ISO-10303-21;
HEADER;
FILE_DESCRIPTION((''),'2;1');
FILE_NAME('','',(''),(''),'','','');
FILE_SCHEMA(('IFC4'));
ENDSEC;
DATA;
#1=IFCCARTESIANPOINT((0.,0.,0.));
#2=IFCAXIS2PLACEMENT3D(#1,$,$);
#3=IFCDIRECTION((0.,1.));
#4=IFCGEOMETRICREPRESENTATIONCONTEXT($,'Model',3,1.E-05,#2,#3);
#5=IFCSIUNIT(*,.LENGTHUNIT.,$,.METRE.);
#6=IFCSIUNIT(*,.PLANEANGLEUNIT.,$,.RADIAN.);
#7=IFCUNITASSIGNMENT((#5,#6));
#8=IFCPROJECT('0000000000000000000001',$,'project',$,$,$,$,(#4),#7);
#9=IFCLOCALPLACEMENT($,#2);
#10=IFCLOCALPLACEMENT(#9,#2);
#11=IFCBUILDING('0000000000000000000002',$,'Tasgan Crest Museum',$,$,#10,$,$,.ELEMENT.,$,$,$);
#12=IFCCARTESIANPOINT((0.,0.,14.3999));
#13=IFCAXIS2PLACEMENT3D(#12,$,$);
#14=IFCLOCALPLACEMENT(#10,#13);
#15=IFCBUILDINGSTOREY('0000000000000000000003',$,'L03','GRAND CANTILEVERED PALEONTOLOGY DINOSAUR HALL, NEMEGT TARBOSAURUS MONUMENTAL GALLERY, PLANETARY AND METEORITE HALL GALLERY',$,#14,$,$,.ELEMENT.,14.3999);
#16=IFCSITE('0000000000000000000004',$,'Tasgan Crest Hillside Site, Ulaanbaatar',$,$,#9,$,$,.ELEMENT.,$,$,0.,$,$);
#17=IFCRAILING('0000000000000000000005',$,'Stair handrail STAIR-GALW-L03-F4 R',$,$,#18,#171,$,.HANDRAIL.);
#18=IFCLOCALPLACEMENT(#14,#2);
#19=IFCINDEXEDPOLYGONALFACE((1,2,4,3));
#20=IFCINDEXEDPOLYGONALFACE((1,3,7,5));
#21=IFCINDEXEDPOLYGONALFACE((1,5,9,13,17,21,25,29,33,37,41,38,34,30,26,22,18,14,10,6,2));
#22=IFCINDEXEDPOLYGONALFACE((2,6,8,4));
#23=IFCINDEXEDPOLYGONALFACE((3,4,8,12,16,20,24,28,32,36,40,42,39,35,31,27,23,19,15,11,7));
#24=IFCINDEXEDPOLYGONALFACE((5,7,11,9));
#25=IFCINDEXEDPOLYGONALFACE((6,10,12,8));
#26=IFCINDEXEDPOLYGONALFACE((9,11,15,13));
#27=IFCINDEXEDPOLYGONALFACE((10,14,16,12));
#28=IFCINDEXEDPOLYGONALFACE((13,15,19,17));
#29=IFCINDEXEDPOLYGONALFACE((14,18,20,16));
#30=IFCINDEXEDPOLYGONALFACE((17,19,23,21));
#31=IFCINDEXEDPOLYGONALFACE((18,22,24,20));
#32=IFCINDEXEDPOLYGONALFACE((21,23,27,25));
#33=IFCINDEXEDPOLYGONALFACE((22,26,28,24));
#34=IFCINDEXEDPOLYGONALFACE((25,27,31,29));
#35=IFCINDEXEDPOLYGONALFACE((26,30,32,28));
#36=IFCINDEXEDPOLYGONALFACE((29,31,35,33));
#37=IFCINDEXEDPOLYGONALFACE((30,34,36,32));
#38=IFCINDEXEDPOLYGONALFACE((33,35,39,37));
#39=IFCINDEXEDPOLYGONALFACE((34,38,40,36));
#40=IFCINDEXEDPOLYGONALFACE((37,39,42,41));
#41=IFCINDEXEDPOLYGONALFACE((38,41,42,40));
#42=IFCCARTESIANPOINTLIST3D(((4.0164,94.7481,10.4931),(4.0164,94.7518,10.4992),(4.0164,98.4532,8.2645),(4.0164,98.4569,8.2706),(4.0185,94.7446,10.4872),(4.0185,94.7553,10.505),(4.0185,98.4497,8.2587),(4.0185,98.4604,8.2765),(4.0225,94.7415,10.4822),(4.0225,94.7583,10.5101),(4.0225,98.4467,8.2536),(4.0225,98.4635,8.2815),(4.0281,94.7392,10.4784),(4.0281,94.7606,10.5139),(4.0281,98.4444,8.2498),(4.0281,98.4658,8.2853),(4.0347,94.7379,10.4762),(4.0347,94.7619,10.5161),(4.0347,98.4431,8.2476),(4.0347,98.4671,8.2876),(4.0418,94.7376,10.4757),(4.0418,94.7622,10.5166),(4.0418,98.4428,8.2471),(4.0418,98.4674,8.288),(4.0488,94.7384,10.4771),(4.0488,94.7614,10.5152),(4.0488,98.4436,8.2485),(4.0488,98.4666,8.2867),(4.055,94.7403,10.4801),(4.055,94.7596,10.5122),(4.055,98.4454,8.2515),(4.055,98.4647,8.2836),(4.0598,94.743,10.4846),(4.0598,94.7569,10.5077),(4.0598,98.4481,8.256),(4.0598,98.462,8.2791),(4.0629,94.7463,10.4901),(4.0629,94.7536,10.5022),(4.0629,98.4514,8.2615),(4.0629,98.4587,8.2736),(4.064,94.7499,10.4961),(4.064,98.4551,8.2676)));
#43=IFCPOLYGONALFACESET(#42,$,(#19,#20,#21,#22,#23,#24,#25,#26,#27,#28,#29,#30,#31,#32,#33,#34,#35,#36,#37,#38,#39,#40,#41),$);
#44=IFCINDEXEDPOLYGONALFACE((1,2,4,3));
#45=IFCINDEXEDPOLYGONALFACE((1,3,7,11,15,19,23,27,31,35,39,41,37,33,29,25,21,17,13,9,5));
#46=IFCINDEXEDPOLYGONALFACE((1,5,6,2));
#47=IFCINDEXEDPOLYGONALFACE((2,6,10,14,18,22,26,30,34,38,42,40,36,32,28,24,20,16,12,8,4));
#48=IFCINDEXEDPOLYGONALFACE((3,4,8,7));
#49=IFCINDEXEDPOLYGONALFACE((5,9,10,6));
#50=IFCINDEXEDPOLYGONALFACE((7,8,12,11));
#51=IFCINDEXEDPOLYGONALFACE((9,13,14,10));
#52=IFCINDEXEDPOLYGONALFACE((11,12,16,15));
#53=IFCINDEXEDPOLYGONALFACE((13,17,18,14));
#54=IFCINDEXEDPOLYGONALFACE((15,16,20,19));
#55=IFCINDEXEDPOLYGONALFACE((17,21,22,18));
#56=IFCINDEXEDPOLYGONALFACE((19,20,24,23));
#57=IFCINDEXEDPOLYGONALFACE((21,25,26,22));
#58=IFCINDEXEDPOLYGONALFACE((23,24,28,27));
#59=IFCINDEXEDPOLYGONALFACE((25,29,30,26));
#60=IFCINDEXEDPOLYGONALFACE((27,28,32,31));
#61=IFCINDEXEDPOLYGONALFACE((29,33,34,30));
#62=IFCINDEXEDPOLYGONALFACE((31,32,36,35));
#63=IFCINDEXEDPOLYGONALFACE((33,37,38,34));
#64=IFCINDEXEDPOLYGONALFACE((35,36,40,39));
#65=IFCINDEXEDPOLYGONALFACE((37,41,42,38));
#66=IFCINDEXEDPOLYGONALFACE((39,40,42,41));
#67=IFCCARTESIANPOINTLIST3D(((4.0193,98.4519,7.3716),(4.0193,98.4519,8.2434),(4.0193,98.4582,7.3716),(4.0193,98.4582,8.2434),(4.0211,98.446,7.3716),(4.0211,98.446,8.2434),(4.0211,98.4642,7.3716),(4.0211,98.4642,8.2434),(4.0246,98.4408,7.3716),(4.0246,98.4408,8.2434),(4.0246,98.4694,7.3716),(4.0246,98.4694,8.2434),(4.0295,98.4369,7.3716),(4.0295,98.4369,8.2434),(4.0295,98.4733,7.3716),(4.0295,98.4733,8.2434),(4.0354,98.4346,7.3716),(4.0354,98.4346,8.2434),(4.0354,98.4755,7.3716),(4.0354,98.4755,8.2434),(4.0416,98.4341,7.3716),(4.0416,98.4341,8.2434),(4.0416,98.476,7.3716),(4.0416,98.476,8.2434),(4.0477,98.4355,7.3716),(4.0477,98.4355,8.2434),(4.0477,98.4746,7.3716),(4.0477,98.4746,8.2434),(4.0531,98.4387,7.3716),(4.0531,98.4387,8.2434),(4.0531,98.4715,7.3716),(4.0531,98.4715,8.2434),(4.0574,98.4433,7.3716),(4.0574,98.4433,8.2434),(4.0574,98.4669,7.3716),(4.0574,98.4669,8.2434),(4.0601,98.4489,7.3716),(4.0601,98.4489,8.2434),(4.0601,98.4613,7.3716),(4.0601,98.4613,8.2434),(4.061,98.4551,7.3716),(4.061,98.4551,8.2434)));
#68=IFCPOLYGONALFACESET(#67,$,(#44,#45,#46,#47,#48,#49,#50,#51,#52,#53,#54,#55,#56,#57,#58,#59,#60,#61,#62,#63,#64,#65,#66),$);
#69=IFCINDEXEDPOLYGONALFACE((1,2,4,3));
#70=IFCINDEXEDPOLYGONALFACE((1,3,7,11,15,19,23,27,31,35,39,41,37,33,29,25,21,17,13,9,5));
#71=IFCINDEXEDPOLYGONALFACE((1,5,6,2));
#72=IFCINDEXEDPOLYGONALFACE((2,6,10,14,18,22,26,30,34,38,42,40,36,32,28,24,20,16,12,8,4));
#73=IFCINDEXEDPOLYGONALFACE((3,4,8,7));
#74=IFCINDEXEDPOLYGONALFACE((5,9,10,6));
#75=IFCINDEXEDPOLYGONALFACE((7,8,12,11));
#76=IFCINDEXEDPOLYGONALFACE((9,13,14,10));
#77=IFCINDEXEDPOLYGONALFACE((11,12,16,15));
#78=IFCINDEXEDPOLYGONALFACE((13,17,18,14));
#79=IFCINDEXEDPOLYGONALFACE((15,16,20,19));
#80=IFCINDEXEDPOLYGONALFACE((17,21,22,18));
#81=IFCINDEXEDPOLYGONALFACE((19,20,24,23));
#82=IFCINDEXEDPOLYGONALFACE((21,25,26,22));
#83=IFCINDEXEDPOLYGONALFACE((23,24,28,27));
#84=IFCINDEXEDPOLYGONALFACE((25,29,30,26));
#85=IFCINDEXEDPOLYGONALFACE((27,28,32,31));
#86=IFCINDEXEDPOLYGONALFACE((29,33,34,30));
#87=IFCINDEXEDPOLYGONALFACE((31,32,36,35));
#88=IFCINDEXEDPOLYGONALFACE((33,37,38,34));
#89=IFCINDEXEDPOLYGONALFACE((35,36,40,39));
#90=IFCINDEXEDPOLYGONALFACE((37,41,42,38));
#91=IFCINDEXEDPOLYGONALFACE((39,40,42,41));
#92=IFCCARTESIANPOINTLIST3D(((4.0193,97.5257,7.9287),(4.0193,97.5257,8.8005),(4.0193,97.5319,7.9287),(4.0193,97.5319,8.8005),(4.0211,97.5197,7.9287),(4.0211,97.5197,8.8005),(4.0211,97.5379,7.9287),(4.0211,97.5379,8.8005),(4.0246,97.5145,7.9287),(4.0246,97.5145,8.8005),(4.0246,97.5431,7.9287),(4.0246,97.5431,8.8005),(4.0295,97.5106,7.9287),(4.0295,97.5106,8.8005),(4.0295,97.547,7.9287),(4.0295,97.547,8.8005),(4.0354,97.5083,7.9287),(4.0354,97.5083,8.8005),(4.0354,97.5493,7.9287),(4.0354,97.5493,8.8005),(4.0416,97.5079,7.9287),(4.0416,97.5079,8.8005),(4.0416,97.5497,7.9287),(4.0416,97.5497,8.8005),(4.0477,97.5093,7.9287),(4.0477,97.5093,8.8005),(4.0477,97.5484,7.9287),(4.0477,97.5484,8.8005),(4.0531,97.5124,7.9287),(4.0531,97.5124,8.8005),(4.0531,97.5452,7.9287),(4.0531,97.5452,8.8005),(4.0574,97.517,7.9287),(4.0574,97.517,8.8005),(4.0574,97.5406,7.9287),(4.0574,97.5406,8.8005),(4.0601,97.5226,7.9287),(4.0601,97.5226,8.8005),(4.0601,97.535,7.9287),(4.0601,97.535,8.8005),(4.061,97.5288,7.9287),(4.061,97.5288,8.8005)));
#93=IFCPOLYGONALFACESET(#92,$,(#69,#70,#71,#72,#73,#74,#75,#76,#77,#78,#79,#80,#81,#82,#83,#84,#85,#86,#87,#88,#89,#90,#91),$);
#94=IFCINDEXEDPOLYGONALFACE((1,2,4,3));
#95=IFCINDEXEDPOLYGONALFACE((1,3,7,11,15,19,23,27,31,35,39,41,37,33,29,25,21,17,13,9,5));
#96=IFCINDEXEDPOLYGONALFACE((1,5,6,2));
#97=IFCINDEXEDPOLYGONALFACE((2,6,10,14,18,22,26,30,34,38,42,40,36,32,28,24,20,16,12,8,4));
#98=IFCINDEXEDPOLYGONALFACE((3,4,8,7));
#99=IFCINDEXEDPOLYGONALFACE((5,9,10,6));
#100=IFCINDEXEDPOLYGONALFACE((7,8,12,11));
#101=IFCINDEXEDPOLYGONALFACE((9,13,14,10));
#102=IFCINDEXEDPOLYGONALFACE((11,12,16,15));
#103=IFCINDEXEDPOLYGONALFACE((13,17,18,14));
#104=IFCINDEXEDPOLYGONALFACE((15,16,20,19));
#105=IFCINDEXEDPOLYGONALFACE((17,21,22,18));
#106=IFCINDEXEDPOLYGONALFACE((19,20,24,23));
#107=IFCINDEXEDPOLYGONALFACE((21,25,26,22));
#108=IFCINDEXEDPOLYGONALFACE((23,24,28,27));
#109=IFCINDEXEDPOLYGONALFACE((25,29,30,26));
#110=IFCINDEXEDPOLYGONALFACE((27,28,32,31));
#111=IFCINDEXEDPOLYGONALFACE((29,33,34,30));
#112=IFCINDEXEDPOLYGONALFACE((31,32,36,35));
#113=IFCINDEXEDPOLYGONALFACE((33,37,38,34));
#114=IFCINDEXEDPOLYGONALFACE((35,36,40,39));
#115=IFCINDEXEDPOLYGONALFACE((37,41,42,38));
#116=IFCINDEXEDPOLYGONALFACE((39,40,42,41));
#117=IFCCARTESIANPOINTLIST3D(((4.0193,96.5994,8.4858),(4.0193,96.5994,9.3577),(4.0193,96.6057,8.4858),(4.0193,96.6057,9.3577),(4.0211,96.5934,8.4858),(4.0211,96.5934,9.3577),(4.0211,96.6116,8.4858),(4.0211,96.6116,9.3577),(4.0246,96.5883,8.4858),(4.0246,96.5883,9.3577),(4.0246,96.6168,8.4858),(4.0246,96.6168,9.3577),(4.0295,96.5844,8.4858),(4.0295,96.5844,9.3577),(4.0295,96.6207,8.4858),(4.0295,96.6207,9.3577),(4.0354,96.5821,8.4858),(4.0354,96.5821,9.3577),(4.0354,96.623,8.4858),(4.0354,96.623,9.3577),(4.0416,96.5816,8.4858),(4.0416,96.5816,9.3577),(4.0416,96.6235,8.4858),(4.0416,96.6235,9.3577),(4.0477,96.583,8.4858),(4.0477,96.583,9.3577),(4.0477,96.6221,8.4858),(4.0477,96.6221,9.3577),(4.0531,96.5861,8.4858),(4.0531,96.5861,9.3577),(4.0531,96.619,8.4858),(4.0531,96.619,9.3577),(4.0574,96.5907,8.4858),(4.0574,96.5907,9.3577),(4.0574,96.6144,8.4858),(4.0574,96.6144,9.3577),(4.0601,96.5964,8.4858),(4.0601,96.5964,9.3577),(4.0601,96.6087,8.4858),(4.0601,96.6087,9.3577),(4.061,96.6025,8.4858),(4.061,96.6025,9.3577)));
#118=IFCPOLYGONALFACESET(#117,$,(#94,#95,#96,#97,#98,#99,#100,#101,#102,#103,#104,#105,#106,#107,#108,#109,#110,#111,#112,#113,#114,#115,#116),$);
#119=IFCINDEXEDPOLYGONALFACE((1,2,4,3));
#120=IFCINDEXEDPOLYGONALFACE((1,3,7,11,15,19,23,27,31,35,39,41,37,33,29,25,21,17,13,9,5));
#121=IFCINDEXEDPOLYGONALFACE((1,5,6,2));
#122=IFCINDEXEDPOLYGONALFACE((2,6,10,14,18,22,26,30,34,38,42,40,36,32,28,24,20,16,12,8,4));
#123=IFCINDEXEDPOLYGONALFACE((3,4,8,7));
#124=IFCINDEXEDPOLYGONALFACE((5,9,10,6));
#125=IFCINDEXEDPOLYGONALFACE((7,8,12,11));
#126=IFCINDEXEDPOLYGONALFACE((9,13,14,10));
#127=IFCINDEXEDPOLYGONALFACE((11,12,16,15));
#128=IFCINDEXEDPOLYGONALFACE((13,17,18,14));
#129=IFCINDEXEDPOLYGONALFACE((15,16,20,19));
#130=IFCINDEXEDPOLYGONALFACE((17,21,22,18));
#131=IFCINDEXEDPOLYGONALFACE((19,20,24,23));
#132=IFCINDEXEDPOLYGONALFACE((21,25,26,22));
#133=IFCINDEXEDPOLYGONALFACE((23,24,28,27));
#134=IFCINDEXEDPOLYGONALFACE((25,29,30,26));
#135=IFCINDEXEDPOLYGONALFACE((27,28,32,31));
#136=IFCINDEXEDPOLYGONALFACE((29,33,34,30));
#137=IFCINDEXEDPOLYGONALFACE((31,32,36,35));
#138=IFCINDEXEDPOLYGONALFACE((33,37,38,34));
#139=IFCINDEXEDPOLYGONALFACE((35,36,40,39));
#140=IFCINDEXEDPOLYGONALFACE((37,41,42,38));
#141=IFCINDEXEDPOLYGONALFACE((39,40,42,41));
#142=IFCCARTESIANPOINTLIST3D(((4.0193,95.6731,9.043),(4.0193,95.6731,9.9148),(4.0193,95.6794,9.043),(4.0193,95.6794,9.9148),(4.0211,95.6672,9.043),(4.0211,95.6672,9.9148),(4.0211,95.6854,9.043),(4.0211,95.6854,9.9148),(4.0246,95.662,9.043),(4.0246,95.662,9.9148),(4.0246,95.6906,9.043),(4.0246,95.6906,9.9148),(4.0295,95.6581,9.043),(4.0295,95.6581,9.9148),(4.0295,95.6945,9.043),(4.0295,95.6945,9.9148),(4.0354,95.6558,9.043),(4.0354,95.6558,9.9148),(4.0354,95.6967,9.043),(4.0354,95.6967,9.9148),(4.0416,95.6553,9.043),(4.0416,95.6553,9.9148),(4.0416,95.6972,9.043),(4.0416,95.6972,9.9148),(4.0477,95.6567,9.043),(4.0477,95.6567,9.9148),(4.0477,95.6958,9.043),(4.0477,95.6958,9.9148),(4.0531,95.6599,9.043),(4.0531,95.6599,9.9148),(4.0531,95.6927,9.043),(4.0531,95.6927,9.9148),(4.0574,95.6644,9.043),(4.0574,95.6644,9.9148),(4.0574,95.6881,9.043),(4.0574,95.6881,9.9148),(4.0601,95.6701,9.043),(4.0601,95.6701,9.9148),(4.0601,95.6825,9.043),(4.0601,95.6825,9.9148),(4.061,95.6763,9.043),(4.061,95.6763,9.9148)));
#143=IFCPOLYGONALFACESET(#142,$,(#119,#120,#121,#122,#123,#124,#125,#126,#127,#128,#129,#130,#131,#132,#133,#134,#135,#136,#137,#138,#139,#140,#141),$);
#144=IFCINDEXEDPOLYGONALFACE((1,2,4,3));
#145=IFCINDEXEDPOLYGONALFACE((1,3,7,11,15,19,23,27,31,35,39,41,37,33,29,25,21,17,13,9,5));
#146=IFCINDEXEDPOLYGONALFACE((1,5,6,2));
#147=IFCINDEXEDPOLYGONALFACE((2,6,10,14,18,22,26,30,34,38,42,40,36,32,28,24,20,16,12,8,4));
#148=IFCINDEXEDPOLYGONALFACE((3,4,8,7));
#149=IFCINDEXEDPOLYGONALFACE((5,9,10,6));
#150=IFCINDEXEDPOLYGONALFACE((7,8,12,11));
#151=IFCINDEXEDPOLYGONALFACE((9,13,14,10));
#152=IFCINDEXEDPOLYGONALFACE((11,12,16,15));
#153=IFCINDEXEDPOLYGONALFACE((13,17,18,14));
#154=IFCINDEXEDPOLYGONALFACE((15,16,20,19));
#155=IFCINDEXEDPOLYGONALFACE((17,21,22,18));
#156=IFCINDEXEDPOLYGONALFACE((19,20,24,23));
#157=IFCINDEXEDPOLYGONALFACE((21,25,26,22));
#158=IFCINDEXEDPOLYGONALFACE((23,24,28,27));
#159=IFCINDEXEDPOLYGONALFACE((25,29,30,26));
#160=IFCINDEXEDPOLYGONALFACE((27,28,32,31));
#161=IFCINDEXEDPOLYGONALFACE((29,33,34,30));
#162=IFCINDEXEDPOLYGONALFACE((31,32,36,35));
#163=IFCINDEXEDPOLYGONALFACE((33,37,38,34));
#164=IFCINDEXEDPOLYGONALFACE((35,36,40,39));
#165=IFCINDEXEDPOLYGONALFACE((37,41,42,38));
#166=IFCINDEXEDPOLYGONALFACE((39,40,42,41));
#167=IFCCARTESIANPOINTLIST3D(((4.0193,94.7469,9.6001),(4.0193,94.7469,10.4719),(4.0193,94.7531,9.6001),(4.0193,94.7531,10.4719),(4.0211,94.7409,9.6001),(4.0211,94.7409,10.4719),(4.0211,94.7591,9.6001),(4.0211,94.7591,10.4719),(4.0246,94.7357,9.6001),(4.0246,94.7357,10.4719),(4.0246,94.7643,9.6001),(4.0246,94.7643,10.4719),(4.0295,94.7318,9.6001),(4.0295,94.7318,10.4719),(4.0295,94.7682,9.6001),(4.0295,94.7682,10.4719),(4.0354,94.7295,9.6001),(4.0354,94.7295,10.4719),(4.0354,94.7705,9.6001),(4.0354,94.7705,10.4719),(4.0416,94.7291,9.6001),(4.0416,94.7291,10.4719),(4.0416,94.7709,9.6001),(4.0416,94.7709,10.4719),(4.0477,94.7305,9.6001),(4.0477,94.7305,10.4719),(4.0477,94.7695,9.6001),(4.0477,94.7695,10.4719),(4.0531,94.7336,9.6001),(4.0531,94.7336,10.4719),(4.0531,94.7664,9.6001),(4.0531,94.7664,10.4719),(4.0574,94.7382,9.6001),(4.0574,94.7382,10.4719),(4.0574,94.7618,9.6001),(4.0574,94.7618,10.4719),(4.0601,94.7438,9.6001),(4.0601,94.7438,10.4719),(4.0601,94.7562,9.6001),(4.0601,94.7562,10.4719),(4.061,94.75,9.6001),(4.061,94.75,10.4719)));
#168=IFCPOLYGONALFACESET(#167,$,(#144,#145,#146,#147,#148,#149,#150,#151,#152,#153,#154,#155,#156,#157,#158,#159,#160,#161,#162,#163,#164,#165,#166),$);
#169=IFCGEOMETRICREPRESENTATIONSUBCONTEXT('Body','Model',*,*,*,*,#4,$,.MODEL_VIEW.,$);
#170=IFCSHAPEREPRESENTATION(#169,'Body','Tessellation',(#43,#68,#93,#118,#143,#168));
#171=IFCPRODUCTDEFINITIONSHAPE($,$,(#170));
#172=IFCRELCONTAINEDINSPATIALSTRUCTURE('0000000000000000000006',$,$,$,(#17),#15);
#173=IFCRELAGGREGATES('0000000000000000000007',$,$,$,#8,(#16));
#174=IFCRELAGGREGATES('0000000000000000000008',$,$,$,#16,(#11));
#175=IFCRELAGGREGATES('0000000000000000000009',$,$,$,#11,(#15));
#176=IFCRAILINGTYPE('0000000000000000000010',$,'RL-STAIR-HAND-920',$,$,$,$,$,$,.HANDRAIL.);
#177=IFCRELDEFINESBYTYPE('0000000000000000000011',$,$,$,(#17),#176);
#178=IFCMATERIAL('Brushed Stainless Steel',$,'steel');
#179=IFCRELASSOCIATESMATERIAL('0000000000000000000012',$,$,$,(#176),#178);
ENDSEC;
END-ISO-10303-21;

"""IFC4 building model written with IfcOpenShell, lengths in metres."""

from ifc_helpers import new_model, si_unit, direction, frame, origin, origin_2d, place, context, subcontext, project, spatial, circle, extrude, material, type_object, element, save


model = new_model("IFC4")

# Units and contexts
model_context = context("Model", 3, precision=1e-05, world=origin(), true_north=direction((0.0, 1.0)))
body_context = subcontext(model_context, "Body", "Model", "MODEL_VIEW")
ifc_project = project(units=[si_unit("LENGTHUNIT", "METRE"), si_unit("PLANEANGLEUNIT", "RADIAN")], contexts=[model_context])

# Site, building, storey
site_placement = place(None, origin())
site = spatial("IfcSite", under=ifc_project, at=site_placement, Name="Tasgan Crest Hillside Site, Ulaanbaatar", CompositionType="ELEMENT", RefElevation=0.0)
building_placement = place(site_placement, origin())
building = spatial("IfcBuilding", under=site, at=building_placement, Name="Tasgan Crest Museum", CompositionType="ELEMENT")
storey_placement = place(building_placement, frame((0.0, 0.0, 14.3999)))
storey = spatial("IfcBuildingStorey", under=building, at=storey_placement, Name="L03", Description="GRAND CANTILEVERED PALEONTOLOGY DINOSAUR HALL, NEMEGT TARBOSAURUS MONUMENTAL GALLERY, PLANETARY AND METEORITE HALL GALLERY", CompositionType="ELEMENT", Elevation=14.3999)

# Railing
ifc_material_1 = material(Name="Brushed Stainless Steel", Category="steel")
railing_type_1 = type_object("IfcRailingType", Name="RL-STAIR-HAND-920", PredefinedType="HANDRAIL", material=ifc_material_1)
for number, where, name in (
    (1, (4.04, 98.4551, 7.3716), "Stair handrail STAIR-GALW-L03-F4 R"),
):
    element("IfcRailing", number, at=place(storey_placement, frame(where)), inside=storey, type_object=railing_type_1, Name=name, PredefinedType="HANDRAIL", context=body_context, shape_type="SweptSolid", body=[
        extrude(circle(Radius=0.0239, at=origin_2d()), frame((0.0, 0.0, 0.896), z_axis=(0.0, -0.856934, 0.515425), x_axis=(1.0, 0.0, 0.0)), (0.0, 0.0, 1.0), 4.3237),
        extrude(circle(Radius=0.021, at=origin_2d()), origin(), (0.0, 0.0, 1.0), 0.8718),
        extrude(circle(Radius=0.021, at=origin_2d()), frame((0.0, -0.9263, 0.5571)), (0.0, 0.0, 1.0), 0.8718),
        extrude(circle(Radius=0.021, at=origin_2d()), frame((0.0, -1.8525, 1.1143)), (0.0, 0.0, 1.0), 0.8718),
        extrude(circle(Radius=0.021, at=origin_2d()), frame((0.0, -2.7788, 1.6714)), (0.0, 0.0, 1.0), 0.8718),
        extrude(circle(Radius=0.021, at=origin_2d()), frame((0.0, -3.7051, 2.2285)), (0.0, 0.0, 1.0), 0.8718),
    ])

save(model, "model.ifc")
